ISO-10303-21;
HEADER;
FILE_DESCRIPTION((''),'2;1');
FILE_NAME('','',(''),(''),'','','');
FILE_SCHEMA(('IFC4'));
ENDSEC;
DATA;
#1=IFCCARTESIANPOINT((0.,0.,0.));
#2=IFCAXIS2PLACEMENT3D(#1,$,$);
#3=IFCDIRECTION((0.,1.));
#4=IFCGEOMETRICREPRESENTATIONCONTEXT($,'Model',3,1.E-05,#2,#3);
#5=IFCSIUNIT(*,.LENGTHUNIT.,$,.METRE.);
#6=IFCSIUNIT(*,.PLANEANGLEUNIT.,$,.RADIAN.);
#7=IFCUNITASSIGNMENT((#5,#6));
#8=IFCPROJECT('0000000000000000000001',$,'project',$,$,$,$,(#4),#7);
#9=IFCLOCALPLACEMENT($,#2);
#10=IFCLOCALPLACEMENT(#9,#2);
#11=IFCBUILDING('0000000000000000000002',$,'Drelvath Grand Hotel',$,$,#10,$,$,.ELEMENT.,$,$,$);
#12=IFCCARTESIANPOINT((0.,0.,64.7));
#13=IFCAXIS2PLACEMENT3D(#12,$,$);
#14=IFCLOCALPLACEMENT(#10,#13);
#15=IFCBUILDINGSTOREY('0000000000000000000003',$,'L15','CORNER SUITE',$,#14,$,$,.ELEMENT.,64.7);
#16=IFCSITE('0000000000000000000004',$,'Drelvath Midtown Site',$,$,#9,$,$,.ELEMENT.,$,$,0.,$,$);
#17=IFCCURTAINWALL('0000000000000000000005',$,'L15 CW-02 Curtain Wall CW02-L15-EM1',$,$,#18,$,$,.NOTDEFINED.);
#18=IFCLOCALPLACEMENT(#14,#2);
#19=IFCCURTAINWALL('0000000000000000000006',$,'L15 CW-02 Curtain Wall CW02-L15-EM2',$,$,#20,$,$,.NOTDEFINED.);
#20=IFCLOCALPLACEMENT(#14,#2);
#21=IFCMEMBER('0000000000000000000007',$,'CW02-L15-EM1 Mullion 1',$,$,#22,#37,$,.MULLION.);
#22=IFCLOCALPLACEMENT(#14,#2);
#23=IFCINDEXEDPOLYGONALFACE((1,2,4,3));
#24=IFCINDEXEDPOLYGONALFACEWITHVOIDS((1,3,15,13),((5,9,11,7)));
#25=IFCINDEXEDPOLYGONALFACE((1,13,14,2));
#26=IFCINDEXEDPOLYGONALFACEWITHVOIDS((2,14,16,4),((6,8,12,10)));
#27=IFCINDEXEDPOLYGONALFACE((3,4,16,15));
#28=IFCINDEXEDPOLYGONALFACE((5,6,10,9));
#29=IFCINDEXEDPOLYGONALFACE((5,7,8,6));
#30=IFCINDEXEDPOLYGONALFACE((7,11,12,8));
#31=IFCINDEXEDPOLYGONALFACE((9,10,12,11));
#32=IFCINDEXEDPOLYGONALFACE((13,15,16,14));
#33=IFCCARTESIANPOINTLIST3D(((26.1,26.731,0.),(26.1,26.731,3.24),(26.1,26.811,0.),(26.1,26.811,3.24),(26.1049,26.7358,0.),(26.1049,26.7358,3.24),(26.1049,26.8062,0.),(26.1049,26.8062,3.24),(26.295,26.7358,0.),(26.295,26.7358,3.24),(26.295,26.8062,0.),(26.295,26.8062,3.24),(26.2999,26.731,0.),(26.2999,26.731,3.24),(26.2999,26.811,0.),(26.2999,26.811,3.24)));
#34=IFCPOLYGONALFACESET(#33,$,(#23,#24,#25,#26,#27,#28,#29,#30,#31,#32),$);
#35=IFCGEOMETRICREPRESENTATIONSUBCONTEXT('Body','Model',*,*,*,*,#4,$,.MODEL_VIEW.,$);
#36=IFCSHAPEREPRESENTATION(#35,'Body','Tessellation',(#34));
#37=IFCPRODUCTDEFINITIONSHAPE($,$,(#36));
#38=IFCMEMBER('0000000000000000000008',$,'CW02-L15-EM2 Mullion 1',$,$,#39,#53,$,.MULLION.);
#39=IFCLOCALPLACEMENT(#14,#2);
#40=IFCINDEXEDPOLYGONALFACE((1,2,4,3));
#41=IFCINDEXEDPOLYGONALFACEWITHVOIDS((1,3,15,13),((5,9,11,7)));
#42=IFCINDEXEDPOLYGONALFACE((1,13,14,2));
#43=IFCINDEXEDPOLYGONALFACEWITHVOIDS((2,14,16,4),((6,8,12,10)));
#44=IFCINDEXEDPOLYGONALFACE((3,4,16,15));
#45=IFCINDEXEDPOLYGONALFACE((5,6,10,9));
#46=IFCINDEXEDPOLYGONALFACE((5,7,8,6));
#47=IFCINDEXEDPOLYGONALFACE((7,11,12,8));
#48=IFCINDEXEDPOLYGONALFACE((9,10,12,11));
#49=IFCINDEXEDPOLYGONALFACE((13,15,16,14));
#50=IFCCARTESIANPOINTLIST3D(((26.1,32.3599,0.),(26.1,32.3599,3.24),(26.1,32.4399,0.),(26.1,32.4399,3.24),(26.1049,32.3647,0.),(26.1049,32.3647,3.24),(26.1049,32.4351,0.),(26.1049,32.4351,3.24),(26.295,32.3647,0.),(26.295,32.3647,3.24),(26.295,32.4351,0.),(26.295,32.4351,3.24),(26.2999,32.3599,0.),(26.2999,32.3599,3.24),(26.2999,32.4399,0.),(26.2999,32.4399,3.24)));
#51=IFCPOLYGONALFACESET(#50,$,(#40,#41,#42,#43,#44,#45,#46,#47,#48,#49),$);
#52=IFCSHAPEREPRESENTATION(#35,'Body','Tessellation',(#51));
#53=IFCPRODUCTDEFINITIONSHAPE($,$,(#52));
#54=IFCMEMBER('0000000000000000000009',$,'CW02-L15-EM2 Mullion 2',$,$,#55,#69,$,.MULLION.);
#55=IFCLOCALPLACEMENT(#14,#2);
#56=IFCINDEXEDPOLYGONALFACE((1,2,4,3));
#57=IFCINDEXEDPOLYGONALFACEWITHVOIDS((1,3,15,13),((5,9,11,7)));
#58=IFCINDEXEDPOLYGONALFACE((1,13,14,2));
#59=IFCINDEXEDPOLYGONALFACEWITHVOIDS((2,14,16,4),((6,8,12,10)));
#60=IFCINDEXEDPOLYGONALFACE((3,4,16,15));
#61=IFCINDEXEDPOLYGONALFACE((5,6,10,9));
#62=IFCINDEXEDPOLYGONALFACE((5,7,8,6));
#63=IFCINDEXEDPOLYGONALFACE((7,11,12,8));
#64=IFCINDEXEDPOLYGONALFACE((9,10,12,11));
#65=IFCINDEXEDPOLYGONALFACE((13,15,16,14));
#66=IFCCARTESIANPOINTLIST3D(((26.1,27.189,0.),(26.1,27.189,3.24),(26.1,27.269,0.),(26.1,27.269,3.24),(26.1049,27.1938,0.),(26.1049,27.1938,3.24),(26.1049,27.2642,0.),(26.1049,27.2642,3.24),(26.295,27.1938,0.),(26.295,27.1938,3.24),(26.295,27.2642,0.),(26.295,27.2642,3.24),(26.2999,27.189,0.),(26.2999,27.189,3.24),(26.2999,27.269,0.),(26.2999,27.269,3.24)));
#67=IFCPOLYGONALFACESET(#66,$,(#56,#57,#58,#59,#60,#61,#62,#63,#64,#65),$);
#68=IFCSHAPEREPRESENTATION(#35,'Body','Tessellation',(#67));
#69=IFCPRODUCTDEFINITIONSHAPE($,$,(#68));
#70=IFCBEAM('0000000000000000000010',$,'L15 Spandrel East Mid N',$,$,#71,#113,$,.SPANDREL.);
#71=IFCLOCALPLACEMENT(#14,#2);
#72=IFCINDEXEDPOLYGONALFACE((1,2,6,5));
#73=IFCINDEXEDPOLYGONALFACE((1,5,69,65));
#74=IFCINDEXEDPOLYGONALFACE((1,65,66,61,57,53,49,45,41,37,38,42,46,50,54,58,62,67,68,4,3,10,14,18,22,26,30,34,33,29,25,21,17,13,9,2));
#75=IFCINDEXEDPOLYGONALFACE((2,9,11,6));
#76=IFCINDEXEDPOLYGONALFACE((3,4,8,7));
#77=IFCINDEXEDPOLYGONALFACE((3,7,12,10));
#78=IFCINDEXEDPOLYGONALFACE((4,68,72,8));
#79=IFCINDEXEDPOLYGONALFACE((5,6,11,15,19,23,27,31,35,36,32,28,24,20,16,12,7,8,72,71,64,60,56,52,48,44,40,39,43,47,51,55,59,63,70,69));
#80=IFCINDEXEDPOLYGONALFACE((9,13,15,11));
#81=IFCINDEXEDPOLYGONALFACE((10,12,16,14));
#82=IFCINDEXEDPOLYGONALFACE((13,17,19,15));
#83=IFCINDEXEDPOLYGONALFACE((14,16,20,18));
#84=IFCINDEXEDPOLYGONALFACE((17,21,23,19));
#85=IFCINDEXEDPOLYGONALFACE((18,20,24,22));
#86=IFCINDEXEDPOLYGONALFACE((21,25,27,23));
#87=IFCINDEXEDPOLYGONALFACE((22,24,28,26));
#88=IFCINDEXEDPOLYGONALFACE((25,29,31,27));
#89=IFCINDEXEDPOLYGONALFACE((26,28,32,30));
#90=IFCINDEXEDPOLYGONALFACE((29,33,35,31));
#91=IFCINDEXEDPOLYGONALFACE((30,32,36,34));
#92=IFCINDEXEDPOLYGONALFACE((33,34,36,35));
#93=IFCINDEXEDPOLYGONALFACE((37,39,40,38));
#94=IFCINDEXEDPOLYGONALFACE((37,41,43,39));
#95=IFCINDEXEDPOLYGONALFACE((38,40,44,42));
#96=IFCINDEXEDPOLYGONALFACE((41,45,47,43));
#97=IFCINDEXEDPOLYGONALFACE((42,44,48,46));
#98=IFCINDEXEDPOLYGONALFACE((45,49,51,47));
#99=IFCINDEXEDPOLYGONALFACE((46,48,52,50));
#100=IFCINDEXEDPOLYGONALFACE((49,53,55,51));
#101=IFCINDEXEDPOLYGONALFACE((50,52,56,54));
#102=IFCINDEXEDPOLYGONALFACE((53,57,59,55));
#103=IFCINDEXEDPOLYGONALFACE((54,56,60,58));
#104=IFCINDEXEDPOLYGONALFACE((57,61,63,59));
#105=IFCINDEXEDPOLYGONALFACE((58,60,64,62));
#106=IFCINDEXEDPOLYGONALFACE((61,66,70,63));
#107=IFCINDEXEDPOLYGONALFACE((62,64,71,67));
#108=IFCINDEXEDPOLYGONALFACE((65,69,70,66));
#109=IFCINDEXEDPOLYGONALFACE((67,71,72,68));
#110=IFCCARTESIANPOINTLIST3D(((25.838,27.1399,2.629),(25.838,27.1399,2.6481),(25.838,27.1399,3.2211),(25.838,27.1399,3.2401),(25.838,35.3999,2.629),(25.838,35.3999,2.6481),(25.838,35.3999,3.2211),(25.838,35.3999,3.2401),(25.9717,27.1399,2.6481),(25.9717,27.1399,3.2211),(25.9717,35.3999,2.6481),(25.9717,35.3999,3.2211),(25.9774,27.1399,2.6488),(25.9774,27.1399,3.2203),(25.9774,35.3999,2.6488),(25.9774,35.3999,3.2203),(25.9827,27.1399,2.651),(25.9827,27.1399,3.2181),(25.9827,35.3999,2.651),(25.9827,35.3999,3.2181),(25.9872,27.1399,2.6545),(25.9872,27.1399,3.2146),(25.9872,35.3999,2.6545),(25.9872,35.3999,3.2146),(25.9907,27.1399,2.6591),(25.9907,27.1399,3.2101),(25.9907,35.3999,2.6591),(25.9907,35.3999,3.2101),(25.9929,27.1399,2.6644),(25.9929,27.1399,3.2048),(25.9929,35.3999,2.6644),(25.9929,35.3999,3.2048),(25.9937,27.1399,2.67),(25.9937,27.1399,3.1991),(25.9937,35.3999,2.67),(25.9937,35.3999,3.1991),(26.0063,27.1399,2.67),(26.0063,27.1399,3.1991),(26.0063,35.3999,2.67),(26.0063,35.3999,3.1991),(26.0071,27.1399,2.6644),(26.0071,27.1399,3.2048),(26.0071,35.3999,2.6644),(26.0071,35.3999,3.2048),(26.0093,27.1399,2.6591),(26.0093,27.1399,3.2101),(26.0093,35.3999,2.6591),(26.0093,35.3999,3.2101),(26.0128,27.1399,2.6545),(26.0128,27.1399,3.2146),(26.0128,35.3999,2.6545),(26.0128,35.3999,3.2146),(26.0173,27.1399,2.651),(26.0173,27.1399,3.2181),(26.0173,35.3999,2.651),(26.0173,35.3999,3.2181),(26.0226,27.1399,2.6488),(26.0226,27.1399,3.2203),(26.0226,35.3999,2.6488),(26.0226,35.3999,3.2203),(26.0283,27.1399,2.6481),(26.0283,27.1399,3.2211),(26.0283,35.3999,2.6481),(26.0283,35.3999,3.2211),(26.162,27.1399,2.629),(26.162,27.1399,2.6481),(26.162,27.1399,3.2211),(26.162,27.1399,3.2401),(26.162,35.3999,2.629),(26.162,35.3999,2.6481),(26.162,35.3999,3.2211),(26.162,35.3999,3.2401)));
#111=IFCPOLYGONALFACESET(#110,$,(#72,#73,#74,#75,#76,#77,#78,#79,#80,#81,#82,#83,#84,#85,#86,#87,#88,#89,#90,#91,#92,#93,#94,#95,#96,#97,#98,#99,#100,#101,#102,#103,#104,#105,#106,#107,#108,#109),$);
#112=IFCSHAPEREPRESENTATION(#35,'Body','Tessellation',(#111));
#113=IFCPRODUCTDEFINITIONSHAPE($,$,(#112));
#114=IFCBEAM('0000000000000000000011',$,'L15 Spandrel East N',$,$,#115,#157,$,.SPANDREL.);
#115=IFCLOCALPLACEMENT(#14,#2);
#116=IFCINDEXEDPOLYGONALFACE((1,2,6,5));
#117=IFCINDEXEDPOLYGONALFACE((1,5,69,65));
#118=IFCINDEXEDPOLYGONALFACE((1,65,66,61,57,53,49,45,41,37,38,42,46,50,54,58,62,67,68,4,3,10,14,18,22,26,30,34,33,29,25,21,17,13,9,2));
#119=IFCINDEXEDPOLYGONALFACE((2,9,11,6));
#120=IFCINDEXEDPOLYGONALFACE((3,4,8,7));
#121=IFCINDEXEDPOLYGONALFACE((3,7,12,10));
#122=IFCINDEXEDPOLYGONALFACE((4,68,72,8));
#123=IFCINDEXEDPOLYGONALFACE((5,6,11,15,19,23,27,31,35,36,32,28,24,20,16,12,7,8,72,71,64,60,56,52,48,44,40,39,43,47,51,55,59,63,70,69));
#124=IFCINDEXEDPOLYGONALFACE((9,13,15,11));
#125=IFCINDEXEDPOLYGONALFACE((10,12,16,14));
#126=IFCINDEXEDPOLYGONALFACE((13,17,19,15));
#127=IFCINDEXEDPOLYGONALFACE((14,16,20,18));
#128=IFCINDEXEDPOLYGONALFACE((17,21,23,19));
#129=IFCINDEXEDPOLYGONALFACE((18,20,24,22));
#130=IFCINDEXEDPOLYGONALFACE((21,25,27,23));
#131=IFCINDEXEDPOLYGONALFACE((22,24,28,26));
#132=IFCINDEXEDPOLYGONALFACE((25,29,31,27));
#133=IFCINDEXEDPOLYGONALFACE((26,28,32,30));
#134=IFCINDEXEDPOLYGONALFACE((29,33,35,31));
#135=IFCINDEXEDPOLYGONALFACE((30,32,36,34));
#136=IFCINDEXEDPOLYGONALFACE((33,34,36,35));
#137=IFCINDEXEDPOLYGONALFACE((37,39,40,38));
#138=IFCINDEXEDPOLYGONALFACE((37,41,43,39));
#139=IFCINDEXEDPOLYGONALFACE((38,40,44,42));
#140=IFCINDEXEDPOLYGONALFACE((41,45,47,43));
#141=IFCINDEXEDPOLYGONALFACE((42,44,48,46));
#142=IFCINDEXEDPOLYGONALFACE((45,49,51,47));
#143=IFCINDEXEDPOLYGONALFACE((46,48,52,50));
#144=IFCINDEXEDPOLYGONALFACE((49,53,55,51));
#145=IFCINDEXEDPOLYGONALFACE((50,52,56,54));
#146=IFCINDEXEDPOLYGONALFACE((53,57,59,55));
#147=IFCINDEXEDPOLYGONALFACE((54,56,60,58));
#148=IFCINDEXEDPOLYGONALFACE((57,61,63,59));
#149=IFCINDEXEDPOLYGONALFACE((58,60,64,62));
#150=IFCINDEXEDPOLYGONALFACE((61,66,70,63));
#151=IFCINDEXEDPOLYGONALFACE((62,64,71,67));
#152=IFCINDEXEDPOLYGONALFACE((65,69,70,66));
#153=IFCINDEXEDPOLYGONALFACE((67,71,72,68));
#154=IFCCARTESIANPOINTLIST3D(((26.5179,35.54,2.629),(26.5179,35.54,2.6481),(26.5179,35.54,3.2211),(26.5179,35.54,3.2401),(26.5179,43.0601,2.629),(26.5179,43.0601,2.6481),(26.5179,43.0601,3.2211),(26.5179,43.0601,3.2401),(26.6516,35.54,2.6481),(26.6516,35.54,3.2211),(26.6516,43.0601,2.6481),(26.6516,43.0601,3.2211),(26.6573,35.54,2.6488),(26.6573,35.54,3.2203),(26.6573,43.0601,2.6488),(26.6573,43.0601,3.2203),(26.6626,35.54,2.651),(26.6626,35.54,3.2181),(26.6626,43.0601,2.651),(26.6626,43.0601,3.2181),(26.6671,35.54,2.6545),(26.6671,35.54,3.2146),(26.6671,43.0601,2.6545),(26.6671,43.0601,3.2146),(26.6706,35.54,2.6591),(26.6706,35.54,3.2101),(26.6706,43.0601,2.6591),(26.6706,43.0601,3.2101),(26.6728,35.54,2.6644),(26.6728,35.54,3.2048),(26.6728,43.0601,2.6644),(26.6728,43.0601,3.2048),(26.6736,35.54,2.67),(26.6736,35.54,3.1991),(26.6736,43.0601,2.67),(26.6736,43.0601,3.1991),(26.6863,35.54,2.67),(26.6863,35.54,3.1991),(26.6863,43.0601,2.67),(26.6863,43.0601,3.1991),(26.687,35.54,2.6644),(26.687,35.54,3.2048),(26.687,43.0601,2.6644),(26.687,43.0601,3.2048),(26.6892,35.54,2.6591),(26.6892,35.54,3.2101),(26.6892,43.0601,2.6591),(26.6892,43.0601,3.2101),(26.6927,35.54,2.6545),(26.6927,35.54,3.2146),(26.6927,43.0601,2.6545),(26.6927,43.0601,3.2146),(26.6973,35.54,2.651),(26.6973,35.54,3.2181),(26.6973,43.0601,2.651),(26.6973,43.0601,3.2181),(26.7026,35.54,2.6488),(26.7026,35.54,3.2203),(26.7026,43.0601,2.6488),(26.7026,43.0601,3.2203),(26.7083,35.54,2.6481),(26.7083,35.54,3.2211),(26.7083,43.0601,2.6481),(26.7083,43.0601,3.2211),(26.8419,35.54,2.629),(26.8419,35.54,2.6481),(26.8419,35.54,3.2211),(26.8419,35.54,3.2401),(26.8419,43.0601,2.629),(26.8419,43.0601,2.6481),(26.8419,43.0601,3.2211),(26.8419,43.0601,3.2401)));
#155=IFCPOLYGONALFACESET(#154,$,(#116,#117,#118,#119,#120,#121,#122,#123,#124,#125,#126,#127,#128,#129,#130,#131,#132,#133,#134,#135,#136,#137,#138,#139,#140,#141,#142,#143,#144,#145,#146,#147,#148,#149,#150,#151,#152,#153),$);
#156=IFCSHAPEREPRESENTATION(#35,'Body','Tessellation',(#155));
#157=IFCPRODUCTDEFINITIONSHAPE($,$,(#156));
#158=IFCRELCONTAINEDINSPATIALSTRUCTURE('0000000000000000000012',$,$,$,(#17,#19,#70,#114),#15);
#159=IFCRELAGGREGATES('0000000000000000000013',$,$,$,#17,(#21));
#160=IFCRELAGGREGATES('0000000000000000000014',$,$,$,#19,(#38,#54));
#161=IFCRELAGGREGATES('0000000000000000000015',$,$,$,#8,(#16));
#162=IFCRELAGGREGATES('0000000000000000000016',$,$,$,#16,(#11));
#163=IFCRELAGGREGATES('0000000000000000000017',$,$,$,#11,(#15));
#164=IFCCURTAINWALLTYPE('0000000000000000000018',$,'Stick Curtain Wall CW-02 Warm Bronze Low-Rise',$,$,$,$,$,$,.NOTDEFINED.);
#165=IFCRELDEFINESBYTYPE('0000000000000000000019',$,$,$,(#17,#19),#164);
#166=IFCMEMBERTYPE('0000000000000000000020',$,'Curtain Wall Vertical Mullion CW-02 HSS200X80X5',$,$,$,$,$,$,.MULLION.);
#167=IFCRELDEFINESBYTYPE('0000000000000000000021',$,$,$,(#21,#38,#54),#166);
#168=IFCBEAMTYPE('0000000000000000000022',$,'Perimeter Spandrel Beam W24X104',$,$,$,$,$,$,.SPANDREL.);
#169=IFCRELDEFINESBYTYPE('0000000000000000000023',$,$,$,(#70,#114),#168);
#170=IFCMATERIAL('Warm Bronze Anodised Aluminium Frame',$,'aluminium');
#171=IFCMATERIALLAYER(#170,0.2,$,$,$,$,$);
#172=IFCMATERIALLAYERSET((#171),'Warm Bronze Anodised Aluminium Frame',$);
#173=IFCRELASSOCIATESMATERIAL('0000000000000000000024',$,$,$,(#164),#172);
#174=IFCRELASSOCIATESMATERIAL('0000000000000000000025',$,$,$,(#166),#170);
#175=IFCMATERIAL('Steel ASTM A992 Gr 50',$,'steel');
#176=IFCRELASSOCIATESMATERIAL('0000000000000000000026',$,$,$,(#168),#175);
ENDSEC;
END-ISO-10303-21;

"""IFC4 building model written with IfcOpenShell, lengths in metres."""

from ifc_helpers import new_model, si_unit, direction, frame, origin, origin_2d, place, context, subcontext, project, spatial, hollow_rectangle, i_section, extrude, material, layer, layer_set, material_profile, profile_set, type_object, element, aggregate, save


model = new_model("IFC4")

# Units and contexts
model_context = context("Model", 3, precision=1e-05, world=origin(), true_north=direction((0.0, 1.0)))
body_context = subcontext(model_context, "Body", "Model", "MODEL_VIEW")
ifc_project = project(units=[si_unit("LENGTHUNIT", "METRE"), si_unit("PLANEANGLEUNIT", "RADIAN")], contexts=[model_context])

# Site, building, storey
site_placement = place(None, origin())
site = spatial("IfcSite", under=ifc_project, at=site_placement, Name="Drelvath Midtown Site", CompositionType="ELEMENT", RefElevation=0.0)
building_placement = place(site_placement, origin())
building = spatial("IfcBuilding", under=site, at=building_placement, Name="Drelvath Grand Hotel", CompositionType="ELEMENT")
storey_placement = place(building_placement, frame((0.0, 0.0, 64.7)))
storey = spatial("IfcBuildingStorey", under=building, at=storey_placement, Name="L15", Description="CORNER SUITE", CompositionType="ELEMENT", Elevation=64.7)

# Curtain walls
ifc_material_1 = material(Name="Warm Bronze Anodised Aluminium Frame", Category="aluminium")
ifc_layer_1 = layer(ifc_material_1, 0.2)
ifc_layer_set_1 = layer_set([ifc_layer_1], Name="Warm Bronze Anodised Aluminium Frame")
curtain_wall_type = type_object("IfcCurtainWallType", Name="Stick Curtain Wall CW-02 Warm Bronze Low-Rise", PredefinedType="NOTDEFINED", material=ifc_layer_set_1)
curtain_wall_1_placement = place(storey_placement, origin())
curtain_wall_1 = element("IfcCurtainWall", 1, at=curtain_wall_1_placement, inside=storey, type_object=curtain_wall_type, Name="L15 CW-02 Curtain Wall CW02-L15-EM1", PredefinedType="NOTDEFINED")
curtain_wall_2_placement = place(storey_placement, origin())
curtain_wall_2 = element("IfcCurtainWall", 2, at=curtain_wall_2_placement, inside=storey, type_object=curtain_wall_type, Name="L15 CW-02 Curtain Wall CW02-L15-EM2", PredefinedType="NOTDEFINED")

# Members
ifc_material_profile_1 = material_profile(ifc_material_1, hollow_rectangle(XDim=0.0801, YDim=0.2, WallThickness=0.0049, at=origin_2d()), Name="HSS200X80X5")
ifc_profile_set_1 = profile_set([ifc_material_profile_1], Name="Warm Bronze Anodised Aluminium Frame")
member_type_1 = type_object("IfcMemberType", Name="Curtain Wall Vertical Mullion CW-02 HSS200X80X5", PredefinedType="MULLION", material=ifc_profile_set_1)
member_1_placement = place(storey_placement, frame((26.2, 26.771, 0.0), z_axis=(0.0, 0.0, 1.0), x_axis=(0.0, 1.0, 0.0)))
member_1 = element("IfcMember", 3, at=member_1_placement, type_object=member_type_1, Name="CW02-L15-EM1 Mullion 1", PredefinedType="MULLION", context=body_context, shape_type="SweptSolid", body=[
    extrude(hollow_rectangle(XDim=0.0801, YDim=0.2, WallThickness=0.0049, at=origin_2d()), origin(), (0.0, 0.0, 1.0), 3.24),
])
aggregate(curtain_wall_1, [member_1])
member_2_placement = place(storey_placement, frame((26.2, 32.3999, 0.0), z_axis=(0.0, 0.0, 1.0), x_axis=(0.0, 1.0, 0.0)))
member_2 = element("IfcMember", 4, at=member_2_placement, type_object=member_type_1, Name="CW02-L15-EM2 Mullion 1", PredefinedType="MULLION", context=body_context, shape_type="SweptSolid", body=[
    extrude(hollow_rectangle(XDim=0.0801, YDim=0.2, WallThickness=0.0049, at=origin_2d()), origin(), (0.0, 0.0, 1.0), 3.24),
])
member_3_placement = place(storey_placement, frame((26.2, 27.229, 0.0), z_axis=(0.0, 0.0, 1.0), x_axis=(0.0, 1.0, 0.0)))
member_3 = element("IfcMember", 5, at=member_3_placement, type_object=member_type_1, Name="CW02-L15-EM2 Mullion 2", PredefinedType="MULLION", context=body_context, shape_type="SweptSolid", body=[
    extrude(hollow_rectangle(XDim=0.0801, YDim=0.2, WallThickness=0.0049, at=origin_2d()), origin(), (0.0, 0.0, 1.0), 3.24),
])

# Beams
ifc_material_2 = material(Name="Steel ASTM A992 Gr 50", Category="steel")
ifc_material_profile_2 = material_profile(ifc_material_2, i_section(OverallWidth=0.324, OverallDepth=0.6111, WebThickness=0.0127, FlangeThickness=0.019, FilletRadius=0.022, at=origin_2d()), Name="W24X104")
ifc_profile_set_2 = profile_set([ifc_material_profile_2], Name="Steel ASTM A992 Gr 50")
beam_type_1 = type_object("IfcBeamType", Name="Perimeter Spandrel Beam W24X104", PredefinedType="SPANDREL", material=ifc_profile_set_2)
beam_1_placement = place(storey_placement, frame((26.0, 27.1399, 2.9346), z_axis=(0.0, 1.0, 0.0), x_axis=(-1.0, 0.0, 0.0)))
element("IfcBeam", 6, at=beam_1_placement, inside=storey, type_object=beam_type_1, Name="L15 Spandrel East Mid N", PredefinedType="SPANDREL", context=body_context, shape_type="SweptSolid", body=[
    extrude(i_section(OverallWidth=0.324, OverallDepth=0.6111, WebThickness=0.0127, FlangeThickness=0.019, FilletRadius=0.022, at=origin_2d()), origin(), (0.0, 0.0, 1.0), 8.26),
])
beam_2_placement = place(storey_placement, frame((26.6799, 35.54, 2.9346), z_axis=(0.0, 1.0, 0.0), x_axis=(-1.0, 0.0, 0.0)))
element("IfcBeam", 7, at=beam_2_placement, inside=storey, type_object=beam_type_1, Name="L15 Spandrel East N", PredefinedType="SPANDREL", context=body_context, shape_type="SweptSolid", body=[
    extrude(i_section(OverallWidth=0.324, OverallDepth=0.6111, WebThickness=0.0127, FlangeThickness=0.019, FilletRadius=0.022, at=origin_2d()), origin(), (0.0, 0.0, 1.0), 7.52),
])

aggregate(curtain_wall_2, [member_2, member_3])

save(model, "model.ifc")
